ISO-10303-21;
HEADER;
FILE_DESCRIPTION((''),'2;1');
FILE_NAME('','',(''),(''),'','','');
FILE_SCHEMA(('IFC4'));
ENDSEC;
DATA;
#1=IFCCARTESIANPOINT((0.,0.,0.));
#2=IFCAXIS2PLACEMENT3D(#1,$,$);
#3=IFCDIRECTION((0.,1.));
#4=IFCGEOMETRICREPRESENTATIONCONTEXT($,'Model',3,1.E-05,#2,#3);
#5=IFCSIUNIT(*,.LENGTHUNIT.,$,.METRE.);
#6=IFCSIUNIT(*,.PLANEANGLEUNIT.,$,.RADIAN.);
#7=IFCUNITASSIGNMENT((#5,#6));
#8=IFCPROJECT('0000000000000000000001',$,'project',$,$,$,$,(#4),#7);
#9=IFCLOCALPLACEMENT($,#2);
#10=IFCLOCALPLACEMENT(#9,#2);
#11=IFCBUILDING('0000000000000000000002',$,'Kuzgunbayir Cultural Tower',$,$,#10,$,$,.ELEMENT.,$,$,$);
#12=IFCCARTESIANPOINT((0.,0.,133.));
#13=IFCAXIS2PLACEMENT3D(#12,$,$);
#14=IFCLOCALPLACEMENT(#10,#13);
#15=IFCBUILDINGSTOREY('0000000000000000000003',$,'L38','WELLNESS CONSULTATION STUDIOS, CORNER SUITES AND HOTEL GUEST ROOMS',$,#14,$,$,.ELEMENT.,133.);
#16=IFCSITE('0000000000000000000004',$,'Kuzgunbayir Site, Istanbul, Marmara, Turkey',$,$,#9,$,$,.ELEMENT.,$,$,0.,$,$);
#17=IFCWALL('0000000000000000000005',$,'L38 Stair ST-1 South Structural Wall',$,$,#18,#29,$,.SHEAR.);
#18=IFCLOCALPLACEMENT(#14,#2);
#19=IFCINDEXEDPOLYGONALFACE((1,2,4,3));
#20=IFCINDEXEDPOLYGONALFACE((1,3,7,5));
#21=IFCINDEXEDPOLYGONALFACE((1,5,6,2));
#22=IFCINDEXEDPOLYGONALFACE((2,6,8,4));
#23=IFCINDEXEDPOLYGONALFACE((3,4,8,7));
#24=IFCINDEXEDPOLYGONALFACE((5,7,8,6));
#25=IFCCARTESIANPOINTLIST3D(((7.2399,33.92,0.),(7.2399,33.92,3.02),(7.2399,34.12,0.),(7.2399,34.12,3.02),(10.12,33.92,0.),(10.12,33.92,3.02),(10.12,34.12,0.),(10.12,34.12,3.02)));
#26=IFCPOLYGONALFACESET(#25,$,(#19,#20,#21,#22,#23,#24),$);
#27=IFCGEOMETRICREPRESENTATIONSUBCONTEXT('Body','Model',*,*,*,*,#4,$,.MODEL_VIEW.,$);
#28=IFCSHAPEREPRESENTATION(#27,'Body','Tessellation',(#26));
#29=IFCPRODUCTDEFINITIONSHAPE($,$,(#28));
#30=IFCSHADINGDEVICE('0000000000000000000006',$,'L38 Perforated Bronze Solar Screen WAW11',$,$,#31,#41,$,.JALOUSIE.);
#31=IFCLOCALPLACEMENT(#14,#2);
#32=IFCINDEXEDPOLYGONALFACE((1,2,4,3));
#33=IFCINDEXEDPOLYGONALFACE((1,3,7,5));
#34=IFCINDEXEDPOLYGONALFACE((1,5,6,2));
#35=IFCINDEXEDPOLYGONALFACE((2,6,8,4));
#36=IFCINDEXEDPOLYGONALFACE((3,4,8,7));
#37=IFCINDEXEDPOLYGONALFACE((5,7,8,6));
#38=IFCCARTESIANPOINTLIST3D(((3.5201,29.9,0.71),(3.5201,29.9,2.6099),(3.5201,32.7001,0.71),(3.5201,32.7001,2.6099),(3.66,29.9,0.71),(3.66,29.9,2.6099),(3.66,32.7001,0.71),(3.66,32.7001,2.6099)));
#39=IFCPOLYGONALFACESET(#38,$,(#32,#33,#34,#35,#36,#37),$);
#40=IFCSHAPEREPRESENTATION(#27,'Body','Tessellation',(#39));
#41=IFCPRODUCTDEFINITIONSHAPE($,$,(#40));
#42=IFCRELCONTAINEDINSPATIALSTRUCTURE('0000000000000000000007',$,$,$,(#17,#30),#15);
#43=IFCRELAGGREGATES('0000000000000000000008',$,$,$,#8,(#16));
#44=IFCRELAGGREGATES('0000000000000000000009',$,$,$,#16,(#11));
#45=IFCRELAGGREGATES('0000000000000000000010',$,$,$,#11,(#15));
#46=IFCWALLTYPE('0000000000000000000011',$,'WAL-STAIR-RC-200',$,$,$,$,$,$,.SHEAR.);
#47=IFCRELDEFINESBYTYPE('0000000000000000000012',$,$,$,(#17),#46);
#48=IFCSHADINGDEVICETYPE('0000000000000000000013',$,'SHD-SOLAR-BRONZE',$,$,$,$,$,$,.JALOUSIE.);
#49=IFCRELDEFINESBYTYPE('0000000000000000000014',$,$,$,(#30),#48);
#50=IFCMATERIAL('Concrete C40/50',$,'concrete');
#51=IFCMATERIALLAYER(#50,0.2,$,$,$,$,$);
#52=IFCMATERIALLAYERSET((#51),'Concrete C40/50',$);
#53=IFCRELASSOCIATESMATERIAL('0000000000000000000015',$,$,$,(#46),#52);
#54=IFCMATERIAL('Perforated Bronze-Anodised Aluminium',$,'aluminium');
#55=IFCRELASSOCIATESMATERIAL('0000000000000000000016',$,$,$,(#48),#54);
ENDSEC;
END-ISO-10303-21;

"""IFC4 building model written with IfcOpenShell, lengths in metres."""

from ifc_helpers import new_model, si_unit, direction, frame, frame_2d, origin, origin_2d, place, context, subcontext, project, spatial, rectangle, extrude, material, layer, layer_set, type_object, element, save


model = new_model("IFC4")

# Units and contexts
model_context = context("Model", 3, precision=1e-05, world=origin(), true_north=direction((0.0, 1.0)))
body_context = subcontext(model_context, "Body", "Model", "MODEL_VIEW")
ifc_project = project(units=[si_unit("LENGTHUNIT", "METRE"), si_unit("PLANEANGLEUNIT", "RADIAN")], contexts=[model_context])

# Site, building, storey
site_placement = place(None, origin())
site = spatial("IfcSite", under=ifc_project, at=site_placement, Name="Kuzgunbayir Site, Istanbul, Marmara, Turkey", CompositionType="ELEMENT", RefElevation=0.0)
building_placement = place(site_placement, origin())
building = spatial("IfcBuilding", under=site, at=building_placement, Name="Kuzgunbayir Cultural Tower", CompositionType="ELEMENT")
storey_placement = place(building_placement, frame((0.0, 0.0, 133.0)))
storey = spatial("IfcBuildingStorey", under=building, at=storey_placement, Name="L38", Description="WELLNESS CONSULTATION STUDIOS, CORNER SUITES AND HOTEL GUEST ROOMS", CompositionType="ELEMENT", Elevation=133.0)

# Shared definitions
ifc_material_1 = material(Name="Concrete C40/50", Category="concrete")
ifc_layer_1 = layer(ifc_material_1, 0.2)
ifc_layer_set_1 = layer_set([ifc_layer_1], Name="Concrete C40/50")
wall_type_1 = type_object("IfcWallType", Name="WAL-STAIR-RC-200", PredefinedType="SHEAR", material=ifc_layer_set_1)

# Wall
wall_1_placement = place(storey_placement, frame((7.24, 34.02, 0.0), z_axis=(0.0, 0.0, 1.0), x_axis=(1.0, 0.0, 0.0)))
element("IfcWall", 1, at=wall_1_placement, inside=storey, type_object=wall_type_1, Name="L38 Stair ST-1 South Structural Wall", PredefinedType="SHEAR", context=body_context, shape_type="SweptSolid", body=[
    extrude(rectangle(XDim=2.8801, YDim=0.2, at=frame_2d((1.4399, 0.0))), origin(), (0.0, 0.0, 1.0), 3.02),
])

# Shading device
ifc_material_2 = material(Name="Perforated Bronze-Anodised Aluminium", Category="aluminium")
shading_device_type = type_object("IfcShadingDeviceType", Name="SHD-SOLAR-BRONZE", PredefinedType="JALOUSIE", material=ifc_material_2)
shading_device_placement = place(storey_placement, frame((3.5901, 31.3, 0.71), z_axis=(0.0, 0.0, 1.0), x_axis=(1.0, 0.0, 0.0)))
element("IfcShadingDevice", 2, at=shading_device_placement, inside=storey, type_object=shading_device_type, Name="L38 Perforated Bronze Solar Screen WAW11", PredefinedType="JALOUSIE", context=body_context, shape_type="SweptSolid", body=[
    extrude(rectangle(XDim=0.1399, YDim=2.8, at=origin_2d()), origin(), (0.0, 0.0, 1.0), 1.8999),
])

save(model, "model.ifc")
